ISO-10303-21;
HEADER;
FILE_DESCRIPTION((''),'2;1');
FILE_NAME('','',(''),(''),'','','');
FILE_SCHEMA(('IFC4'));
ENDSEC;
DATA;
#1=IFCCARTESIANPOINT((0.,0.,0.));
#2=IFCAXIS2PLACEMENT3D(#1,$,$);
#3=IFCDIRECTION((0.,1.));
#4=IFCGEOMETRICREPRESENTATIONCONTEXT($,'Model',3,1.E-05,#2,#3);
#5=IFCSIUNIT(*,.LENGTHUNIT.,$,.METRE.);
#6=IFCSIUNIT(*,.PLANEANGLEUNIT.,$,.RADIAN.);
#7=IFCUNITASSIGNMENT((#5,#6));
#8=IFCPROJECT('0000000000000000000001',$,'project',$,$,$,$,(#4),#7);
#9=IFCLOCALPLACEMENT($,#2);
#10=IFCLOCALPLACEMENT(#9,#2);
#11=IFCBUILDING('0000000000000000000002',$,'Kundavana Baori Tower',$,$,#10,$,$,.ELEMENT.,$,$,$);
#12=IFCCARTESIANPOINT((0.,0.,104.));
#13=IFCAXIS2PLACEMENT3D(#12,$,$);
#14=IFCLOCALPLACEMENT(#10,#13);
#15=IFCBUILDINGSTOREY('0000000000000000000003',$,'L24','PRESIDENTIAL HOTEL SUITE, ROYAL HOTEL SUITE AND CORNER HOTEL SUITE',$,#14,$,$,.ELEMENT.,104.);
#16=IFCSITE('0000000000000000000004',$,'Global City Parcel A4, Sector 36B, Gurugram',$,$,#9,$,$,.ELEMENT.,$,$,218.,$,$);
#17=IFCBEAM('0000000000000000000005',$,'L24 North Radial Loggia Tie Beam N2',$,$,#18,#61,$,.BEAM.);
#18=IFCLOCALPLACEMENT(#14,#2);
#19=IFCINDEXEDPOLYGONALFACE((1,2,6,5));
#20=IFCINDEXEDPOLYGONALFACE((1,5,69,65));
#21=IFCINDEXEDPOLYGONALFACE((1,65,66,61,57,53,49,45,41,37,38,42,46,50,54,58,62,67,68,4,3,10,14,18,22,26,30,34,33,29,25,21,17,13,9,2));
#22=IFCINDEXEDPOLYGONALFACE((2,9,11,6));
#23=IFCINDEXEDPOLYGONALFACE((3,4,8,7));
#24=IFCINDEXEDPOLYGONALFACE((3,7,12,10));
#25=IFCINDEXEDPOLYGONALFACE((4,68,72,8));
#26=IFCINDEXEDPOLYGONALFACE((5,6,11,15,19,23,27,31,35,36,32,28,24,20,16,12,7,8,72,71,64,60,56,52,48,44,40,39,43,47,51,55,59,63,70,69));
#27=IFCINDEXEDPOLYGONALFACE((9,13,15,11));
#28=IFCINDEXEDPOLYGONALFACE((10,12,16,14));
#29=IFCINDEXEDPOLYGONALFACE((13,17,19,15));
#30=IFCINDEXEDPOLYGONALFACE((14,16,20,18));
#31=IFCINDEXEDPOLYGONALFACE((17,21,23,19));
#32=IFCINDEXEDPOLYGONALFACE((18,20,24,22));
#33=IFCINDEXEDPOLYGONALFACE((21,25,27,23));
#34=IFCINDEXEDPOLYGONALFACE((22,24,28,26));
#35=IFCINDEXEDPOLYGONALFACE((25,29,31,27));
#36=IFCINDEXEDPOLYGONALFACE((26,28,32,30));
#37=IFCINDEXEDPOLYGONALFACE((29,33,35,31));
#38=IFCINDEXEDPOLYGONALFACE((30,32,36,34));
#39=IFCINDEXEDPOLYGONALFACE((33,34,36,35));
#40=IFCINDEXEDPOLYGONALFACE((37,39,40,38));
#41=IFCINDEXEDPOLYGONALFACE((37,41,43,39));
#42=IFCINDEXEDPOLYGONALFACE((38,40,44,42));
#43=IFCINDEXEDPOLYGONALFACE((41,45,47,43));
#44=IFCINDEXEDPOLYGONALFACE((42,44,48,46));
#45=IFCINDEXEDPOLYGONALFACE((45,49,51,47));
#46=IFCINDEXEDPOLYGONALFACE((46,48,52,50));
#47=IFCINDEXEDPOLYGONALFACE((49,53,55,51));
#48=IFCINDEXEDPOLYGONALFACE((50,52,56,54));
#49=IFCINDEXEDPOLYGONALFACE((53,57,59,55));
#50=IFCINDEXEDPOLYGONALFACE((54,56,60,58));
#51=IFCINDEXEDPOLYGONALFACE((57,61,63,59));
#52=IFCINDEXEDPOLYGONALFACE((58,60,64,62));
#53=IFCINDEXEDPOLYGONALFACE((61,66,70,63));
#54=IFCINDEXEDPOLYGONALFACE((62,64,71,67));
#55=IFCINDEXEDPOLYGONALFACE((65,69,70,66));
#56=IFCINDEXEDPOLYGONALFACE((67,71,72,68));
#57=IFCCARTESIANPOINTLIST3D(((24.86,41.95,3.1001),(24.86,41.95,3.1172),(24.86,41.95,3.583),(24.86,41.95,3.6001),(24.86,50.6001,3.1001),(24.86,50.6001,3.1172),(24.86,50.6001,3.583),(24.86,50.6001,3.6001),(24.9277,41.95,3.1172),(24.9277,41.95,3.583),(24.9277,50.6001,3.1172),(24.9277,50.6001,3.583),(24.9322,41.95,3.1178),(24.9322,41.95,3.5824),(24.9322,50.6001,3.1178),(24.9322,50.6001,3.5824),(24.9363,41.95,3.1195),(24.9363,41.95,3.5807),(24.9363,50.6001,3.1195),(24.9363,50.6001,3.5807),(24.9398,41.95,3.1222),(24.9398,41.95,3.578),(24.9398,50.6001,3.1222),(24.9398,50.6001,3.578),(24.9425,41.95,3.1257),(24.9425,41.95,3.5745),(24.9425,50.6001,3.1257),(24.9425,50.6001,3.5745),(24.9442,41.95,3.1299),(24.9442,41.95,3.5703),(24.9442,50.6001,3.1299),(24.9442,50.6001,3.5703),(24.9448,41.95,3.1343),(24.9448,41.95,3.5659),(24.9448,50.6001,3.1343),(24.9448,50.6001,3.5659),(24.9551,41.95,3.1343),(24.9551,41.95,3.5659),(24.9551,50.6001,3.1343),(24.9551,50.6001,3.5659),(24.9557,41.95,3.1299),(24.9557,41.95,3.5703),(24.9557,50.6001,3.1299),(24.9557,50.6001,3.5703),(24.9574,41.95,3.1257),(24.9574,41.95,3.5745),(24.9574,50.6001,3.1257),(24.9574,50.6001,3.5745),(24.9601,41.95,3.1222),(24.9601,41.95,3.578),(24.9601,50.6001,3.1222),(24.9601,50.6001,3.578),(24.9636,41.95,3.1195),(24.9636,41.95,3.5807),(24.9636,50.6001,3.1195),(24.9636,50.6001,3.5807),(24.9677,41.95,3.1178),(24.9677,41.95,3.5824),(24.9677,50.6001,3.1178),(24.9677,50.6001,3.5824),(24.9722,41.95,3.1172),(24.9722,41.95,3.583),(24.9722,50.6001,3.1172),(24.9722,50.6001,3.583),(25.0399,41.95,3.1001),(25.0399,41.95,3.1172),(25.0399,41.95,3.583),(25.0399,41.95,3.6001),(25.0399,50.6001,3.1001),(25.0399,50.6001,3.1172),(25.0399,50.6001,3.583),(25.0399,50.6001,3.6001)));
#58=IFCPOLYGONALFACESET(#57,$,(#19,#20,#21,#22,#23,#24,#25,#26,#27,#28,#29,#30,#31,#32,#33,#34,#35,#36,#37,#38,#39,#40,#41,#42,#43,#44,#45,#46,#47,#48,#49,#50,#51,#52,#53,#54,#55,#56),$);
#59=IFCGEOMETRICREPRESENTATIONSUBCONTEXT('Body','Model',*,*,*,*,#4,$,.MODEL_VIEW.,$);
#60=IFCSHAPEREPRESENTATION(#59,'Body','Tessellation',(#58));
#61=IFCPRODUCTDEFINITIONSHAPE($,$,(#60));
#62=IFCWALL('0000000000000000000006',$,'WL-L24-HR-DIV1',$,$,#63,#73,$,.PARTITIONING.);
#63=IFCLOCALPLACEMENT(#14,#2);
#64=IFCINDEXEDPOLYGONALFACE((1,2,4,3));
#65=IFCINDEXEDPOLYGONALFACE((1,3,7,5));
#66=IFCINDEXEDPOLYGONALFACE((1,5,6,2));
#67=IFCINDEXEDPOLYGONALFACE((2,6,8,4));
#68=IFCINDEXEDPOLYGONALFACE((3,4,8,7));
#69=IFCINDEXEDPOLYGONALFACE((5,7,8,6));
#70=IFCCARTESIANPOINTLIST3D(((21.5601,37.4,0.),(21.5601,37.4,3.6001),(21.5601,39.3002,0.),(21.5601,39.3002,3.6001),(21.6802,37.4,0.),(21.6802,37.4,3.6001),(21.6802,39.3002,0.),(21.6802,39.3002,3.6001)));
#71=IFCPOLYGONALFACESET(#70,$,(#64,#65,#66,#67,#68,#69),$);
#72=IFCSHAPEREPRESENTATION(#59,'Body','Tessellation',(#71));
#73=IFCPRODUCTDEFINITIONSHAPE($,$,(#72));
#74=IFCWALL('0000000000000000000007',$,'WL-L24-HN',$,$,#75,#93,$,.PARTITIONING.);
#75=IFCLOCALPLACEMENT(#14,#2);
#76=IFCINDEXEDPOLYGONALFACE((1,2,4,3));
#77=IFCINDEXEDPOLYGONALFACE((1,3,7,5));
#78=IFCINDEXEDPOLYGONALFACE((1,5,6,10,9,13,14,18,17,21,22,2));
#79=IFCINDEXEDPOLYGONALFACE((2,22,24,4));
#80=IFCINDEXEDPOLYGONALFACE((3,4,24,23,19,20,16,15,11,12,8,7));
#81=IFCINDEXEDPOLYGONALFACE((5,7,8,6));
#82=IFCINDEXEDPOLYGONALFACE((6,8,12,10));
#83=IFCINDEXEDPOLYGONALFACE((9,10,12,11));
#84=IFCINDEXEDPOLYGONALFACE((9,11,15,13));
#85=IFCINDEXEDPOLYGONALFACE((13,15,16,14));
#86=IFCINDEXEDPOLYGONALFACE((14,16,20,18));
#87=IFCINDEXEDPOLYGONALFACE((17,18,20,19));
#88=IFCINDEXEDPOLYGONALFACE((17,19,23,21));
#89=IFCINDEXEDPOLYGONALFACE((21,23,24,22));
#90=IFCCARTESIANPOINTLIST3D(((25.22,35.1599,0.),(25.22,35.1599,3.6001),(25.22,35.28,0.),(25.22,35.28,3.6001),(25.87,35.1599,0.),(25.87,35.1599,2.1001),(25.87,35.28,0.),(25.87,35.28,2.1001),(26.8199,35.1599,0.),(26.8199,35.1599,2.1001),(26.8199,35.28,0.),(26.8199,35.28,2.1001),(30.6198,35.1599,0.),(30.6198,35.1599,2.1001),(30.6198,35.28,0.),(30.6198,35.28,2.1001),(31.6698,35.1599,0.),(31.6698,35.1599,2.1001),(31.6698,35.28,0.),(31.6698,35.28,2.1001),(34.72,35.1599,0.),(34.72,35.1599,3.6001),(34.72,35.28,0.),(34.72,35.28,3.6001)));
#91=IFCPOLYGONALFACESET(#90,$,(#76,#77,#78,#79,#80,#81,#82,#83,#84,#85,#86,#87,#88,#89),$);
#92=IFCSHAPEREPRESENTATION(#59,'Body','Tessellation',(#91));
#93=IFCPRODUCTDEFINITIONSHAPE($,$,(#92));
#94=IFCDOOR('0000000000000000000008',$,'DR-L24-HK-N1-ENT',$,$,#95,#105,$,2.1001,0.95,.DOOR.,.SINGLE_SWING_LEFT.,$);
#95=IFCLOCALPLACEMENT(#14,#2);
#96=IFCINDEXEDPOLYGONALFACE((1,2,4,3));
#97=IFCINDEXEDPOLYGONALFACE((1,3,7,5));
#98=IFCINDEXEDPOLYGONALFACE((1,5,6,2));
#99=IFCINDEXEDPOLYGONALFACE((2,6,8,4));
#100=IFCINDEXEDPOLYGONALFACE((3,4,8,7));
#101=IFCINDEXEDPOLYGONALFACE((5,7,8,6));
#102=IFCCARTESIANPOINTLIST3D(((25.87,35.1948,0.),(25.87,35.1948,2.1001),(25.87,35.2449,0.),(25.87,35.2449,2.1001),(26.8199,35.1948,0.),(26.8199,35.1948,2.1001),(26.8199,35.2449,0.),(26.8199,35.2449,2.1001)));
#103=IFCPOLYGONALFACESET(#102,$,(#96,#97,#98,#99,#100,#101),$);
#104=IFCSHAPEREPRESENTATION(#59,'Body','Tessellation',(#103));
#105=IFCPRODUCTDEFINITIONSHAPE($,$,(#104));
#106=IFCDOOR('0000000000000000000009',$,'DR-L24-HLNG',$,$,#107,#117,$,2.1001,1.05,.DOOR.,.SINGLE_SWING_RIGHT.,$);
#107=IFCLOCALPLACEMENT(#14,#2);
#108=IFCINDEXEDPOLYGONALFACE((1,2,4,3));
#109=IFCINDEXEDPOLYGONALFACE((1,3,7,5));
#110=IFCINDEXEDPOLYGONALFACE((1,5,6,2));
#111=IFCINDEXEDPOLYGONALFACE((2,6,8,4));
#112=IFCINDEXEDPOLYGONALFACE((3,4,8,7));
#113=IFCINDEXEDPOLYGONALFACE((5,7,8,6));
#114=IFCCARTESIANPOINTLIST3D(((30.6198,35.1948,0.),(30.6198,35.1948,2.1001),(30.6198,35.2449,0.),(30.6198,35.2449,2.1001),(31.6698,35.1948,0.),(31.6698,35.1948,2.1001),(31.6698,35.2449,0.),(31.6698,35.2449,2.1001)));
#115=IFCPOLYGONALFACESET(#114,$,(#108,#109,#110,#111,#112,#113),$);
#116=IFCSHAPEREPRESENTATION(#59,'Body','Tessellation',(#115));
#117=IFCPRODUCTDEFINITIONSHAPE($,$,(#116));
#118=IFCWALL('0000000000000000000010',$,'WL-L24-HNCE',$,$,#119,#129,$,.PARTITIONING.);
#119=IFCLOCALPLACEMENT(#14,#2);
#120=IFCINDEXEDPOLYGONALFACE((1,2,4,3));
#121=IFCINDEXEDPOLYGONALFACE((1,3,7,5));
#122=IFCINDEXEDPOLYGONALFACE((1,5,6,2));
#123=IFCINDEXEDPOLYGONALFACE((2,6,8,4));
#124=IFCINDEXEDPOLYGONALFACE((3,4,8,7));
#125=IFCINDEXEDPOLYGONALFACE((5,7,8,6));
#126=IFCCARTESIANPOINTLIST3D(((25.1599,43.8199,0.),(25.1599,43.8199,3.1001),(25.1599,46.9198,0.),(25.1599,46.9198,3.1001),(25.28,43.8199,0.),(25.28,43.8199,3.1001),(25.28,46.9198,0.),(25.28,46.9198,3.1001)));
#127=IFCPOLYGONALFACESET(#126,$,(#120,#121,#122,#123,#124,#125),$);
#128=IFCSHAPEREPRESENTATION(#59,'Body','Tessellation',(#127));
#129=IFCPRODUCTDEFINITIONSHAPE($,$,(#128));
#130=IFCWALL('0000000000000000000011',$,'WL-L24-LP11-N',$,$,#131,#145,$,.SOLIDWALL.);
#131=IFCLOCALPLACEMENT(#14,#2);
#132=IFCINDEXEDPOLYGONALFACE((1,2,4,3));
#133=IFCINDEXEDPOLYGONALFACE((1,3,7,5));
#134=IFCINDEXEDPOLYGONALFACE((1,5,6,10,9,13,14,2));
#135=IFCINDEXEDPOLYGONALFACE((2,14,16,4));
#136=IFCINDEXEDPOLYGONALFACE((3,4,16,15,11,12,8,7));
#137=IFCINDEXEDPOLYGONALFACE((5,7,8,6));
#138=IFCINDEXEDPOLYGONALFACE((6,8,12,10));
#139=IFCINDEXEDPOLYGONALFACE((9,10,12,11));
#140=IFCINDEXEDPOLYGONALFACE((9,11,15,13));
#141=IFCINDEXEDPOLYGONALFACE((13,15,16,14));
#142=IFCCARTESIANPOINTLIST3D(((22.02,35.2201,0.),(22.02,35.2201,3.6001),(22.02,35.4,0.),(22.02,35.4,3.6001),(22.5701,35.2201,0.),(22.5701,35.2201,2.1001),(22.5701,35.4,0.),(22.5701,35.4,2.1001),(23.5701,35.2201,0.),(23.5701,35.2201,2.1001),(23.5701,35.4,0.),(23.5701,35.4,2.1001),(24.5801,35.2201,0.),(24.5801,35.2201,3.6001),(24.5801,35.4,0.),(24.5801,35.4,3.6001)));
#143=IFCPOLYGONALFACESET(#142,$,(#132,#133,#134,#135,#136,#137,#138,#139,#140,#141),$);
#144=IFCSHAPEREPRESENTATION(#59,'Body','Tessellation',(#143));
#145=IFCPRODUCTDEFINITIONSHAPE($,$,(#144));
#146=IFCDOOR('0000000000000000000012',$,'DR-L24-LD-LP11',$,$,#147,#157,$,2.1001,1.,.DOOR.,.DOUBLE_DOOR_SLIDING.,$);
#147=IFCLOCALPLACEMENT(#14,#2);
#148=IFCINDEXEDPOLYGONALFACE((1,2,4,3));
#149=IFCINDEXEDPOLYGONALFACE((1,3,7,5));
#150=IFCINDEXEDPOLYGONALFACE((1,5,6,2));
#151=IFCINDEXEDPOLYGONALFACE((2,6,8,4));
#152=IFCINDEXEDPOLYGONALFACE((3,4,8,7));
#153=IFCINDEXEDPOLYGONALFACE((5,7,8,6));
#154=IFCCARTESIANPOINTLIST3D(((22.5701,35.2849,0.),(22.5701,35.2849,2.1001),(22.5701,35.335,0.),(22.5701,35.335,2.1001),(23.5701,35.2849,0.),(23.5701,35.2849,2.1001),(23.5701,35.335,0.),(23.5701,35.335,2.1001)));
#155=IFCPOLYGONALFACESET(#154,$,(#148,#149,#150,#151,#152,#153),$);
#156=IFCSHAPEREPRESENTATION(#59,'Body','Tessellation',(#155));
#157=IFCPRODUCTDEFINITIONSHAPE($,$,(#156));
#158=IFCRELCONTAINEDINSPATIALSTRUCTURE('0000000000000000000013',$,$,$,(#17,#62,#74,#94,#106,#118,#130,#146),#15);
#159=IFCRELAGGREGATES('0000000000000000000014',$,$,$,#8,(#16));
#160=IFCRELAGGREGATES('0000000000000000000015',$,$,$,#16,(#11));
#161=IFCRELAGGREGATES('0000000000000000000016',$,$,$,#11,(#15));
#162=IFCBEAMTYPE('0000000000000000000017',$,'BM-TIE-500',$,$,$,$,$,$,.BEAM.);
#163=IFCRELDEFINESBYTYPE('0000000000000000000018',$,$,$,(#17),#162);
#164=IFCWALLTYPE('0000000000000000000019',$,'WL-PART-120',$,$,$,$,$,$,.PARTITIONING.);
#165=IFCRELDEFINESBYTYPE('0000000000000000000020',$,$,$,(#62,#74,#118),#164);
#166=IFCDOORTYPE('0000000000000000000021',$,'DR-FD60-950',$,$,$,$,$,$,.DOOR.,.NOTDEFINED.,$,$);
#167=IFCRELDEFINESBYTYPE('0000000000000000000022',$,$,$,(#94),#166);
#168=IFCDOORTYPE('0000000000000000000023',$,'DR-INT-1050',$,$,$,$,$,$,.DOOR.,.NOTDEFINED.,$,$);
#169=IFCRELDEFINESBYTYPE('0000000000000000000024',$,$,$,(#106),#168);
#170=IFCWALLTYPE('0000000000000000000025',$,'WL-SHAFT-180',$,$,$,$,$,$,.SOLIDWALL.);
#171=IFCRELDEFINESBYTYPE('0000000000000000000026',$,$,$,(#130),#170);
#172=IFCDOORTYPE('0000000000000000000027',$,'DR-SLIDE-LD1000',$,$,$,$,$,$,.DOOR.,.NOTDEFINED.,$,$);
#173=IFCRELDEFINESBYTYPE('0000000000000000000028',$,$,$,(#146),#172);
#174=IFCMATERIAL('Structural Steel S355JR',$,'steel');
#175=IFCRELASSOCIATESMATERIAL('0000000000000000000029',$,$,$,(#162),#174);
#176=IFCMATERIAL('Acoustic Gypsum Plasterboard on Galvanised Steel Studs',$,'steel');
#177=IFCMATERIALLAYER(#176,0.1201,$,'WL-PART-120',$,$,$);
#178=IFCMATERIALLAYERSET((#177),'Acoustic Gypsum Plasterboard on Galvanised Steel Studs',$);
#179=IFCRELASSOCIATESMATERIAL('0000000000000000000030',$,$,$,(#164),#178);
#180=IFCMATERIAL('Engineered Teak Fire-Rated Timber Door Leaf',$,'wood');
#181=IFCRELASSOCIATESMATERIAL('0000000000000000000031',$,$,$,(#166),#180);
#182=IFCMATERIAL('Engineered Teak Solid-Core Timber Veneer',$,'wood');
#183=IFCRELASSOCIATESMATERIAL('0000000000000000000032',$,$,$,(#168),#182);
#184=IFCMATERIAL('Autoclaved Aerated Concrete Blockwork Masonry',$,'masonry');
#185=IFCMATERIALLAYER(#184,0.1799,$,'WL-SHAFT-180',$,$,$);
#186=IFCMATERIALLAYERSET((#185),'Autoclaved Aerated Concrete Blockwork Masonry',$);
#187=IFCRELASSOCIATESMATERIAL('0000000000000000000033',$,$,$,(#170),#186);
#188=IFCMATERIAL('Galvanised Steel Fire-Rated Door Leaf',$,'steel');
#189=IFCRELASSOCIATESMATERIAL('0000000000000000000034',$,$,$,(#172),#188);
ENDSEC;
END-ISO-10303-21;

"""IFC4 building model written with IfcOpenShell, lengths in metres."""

from ifc_helpers import new_model, si_unit, direction, frame, frame_2d, origin, origin_2d, place, context, subcontext, project, spatial, rectangle, i_section, extrude, material, layer, layer_set, material_profile, profile_set, type_object, element, fill, save


model = new_model("IFC4")

# Units and contexts
model_context = context("Model", 3, precision=1e-05, world=origin(), true_north=direction((0.0, 1.0)))
body_context = subcontext(model_context, "Body", "Model", "MODEL_VIEW")
ifc_project = project(units=[si_unit("LENGTHUNIT", "METRE"), si_unit("PLANEANGLEUNIT", "RADIAN")], contexts=[model_context])

# Site, building, storey
site_placement = place(None, origin())
site = spatial("IfcSite", under=ifc_project, at=site_placement, Name="Global City Parcel A4, Sector 36B, Gurugram", CompositionType="ELEMENT", RefElevation=218.0)
building_placement = place(site_placement, origin())
building = spatial("IfcBuilding", under=site, at=building_placement, Name="Kundavana Baori Tower", CompositionType="ELEMENT")
storey_placement = place(building_placement, frame((0.0, 0.0, 104.0)))
storey = spatial("IfcBuildingStorey", under=building, at=storey_placement, Name="L24", Description="PRESIDENTIAL HOTEL SUITE, ROYAL HOTEL SUITE AND CORNER HOTEL SUITE", CompositionType="ELEMENT", Elevation=104.0)

# Beam
ifc_material_1 = material(Name="Structural Steel S355JR", Category="steel")
ifc_material_profile_1 = material_profile(ifc_material_1, i_section(OverallWidth=0.1799, OverallDepth=0.5, WebThickness=0.0103, FlangeThickness=0.0171, FilletRadius=0.0171, at=origin_2d()), Name="ISMB 500")
ifc_profile_set_1 = profile_set([ifc_material_profile_1], Name="Structural Steel S355JR")
beam_type_1 = type_object("IfcBeamType", Name="BM-TIE-500", PredefinedType="BEAM", material=ifc_profile_set_1)
beam_1_placement = place(storey_placement, frame((24.95, 41.95, 3.3501), z_axis=(0.0, 1.0, 0.0), x_axis=(-1.0, 0.0, 0.0)))
element("IfcBeam", 1, at=beam_1_placement, inside=storey, type_object=beam_type_1, Name="L24 North Radial Loggia Tie Beam N2", PredefinedType="BEAM", context=body_context, shape_type="SweptSolid", body=[
    extrude(i_section(OverallWidth=0.1799, OverallDepth=0.5, WebThickness=0.0103, FlangeThickness=0.0171, FilletRadius=0.0171, at=origin_2d()), origin(), (0.0, 0.0, 1.0), 8.6501),
])

# Wall
ifc_material_2 = material(Name="Acoustic Gypsum Plasterboard on Galvanised Steel Studs", Category="steel")
ifc_layer_1 = layer(ifc_material_2, 0.1201, Name="WL-PART-120")
ifc_layer_set_1 = layer_set([ifc_layer_1], Name="Acoustic Gypsum Plasterboard on Galvanised Steel Studs")
wall_type_1 = type_object("IfcWallType", Name="WL-PART-120", PredefinedType="PARTITIONING", material=ifc_layer_set_1)
wall_1_placement = place(storey_placement, frame((21.6201, 37.3999, 0.0), z_axis=(0.0, 0.0, 1.0), x_axis=(0.0, 1.0, 0.0)))
element("IfcWall", 2, at=wall_1_placement, inside=storey, type_object=wall_type_1, Name="WL-L24-HR-DIV1", PredefinedType="PARTITIONING", context=body_context, shape_type="SweptSolid", body=[
    extrude(rectangle(XDim=1.9001, YDim=0.1201, at=frame_2d((0.9502, 0.0))), origin(), (0.0, 0.0, 1.0), 3.6001),
])

# Wall, openings, doors
wall_2_placement = place(storey_placement, frame((25.22, 35.22, 0.0), z_axis=(0.0, 0.0, 1.0), x_axis=(1.0, 0.0, 0.0)))
wall_2 = element("IfcWall", 3, at=wall_2_placement, inside=storey, type_object=wall_type_1, Name="WL-L24-HN", PredefinedType="PARTITIONING", context=body_context, shape_type="SweptSolid", body=[
    extrude(rectangle(XDim=9.5, YDim=0.1201, at=frame_2d((4.75, 0.0))), origin(), (0.0, 0.0, 1.0), 3.6001),
])
opening_1_placement = place(wall_2_placement, frame((0.6499, 0.0, 0.0)))
opening_1 = element("IfcOpeningElement", 4, at=opening_1_placement, cuts=wall_2, PredefinedType="OPENING", context=body_context, shape_type="SweptSolid", body=[
    extrude(rectangle(XDim=0.95, YDim=2.1001, at=frame_2d((0.4751, 1.05))), frame((0.0, 0.0701, 0.0), z_axis=(0.0, -1.0, 0.0), x_axis=(1.0, 0.0, 0.0)), (0.0, 0.0, 1.0), 0.1401),
])
opening_2_placement = place(wall_2_placement, frame((5.3999, 0.0, 0.0)))
opening_2 = element("IfcOpeningElement", 5, at=opening_2_placement, cuts=wall_2, PredefinedType="OPENING", context=body_context, shape_type="SweptSolid", body=[
    extrude(rectangle(XDim=1.05, YDim=2.1001, at=frame_2d((0.5249, 1.05))), frame((0.0, 0.0701, 0.0), z_axis=(0.0, -1.0, 0.0), x_axis=(1.0, 0.0, 0.0)), (0.0, 0.0, 1.0), 0.1401),
])
ifc_material_3 = material(Name="Engineered Teak Fire-Rated Timber Door Leaf", Category="wood")
door_type_1 = type_object("IfcDoorType", Name="DR-FD60-950", OperationType="NOTDEFINED", PredefinedType="DOOR", material=ifc_material_3)
door_1_placement = place(opening_1_placement, origin())
door_1 = element("IfcDoor", 6, at=door_1_placement, inside=storey, type_object=door_type_1, Name="DR-L24-HK-N1-ENT", OperationType="SINGLE_SWING_LEFT", OverallHeight=2.1001, OverallWidth=0.95, PredefinedType="DOOR", context=body_context, shape_type="SweptSolid", body=[
    extrude(rectangle(XDim=0.95, YDim=2.1001, at=frame_2d((0.4751, 1.05))), frame((0.0, 0.0249, 0.0), z_axis=(0.0, -1.0, 0.0), x_axis=(1.0, 0.0, 0.0)), (0.0, 0.0, 1.0), 0.05),
])
fill(opening_1, door_1)
ifc_material_4 = material(Name="Engineered Teak Solid-Core Timber Veneer", Category="wood")
door_type_2 = type_object("IfcDoorType", Name="DR-INT-1050", OperationType="NOTDEFINED", PredefinedType="DOOR", material=ifc_material_4)
door_2_placement = place(opening_2_placement, origin())
door_2 = element("IfcDoor", 7, at=door_2_placement, inside=storey, type_object=door_type_2, Name="DR-L24-HLNG", OperationType="SINGLE_SWING_RIGHT", OverallHeight=2.1001, OverallWidth=1.05, PredefinedType="DOOR", context=body_context, shape_type="SweptSolid", body=[
    extrude(rectangle(XDim=1.05, YDim=2.1001, at=frame_2d((0.5249, 1.05))), frame((0.0, 0.0249, 0.0), z_axis=(0.0, -1.0, 0.0), x_axis=(1.0, 0.0, 0.0)), (0.0, 0.0, 1.0), 0.05),
])
fill(opening_2, door_2)

# Wall
wall_3_placement = place(storey_placement, frame((25.22, 43.8201, 0.0), z_axis=(0.0, 0.0, 1.0), x_axis=(0.0, 1.0, 0.0)))
element("IfcWall", 8, at=wall_3_placement, inside=storey, type_object=wall_type_1, Name="WL-L24-HNCE", PredefinedType="PARTITIONING", context=body_context, shape_type="SweptSolid", body=[
    extrude(rectangle(XDim=3.0999, YDim=0.1201, at=frame_2d((1.5498, 0.0))), origin(), (0.0, 0.0, 1.0), 3.1001),
])

# Wall, opening, door
ifc_material_5 = material(Name="Autoclaved Aerated Concrete Blockwork Masonry", Category="masonry")
ifc_layer_2 = layer(ifc_material_5, 0.1799, Name="WL-SHAFT-180")
ifc_layer_set_2 = layer_set([ifc_layer_2], Name="Autoclaved Aerated Concrete Blockwork Masonry")
wall_type_2 = type_object("IfcWallType", Name="WL-SHAFT-180", PredefinedType="SOLIDWALL", material=ifc_layer_set_2)
wall_4_placement = place(storey_placement, frame((22.02, 35.3101, 0.0), z_axis=(0.0, 0.0, 1.0), x_axis=(1.0, 0.0, 0.0)))
wall_4 = element("IfcWall", 9, at=wall_4_placement, inside=storey, type_object=wall_type_2, Name="WL-L24-LP11-N", PredefinedType="SOLIDWALL", context=body_context, shape_type="SweptSolid", body=[
    extrude(rectangle(XDim=2.5601, YDim=0.1799, at=frame_2d((1.28, 0.0))), origin(), (0.0, 0.0, 1.0), 3.6001),
])
opening_3_placement = place(wall_4_placement, frame((0.55, 0.0, 0.0)))
opening_3 = element("IfcOpeningElement", 10, at=opening_3_placement, cuts=wall_4, PredefinedType="OPENING", context=body_context, shape_type="SweptSolid", body=[
    extrude(rectangle(XDim=1.0, YDim=2.1001, at=frame_2d((0.5, 1.05))), frame((0.0, 0.1001, 0.0), z_axis=(0.0, -1.0, 0.0), x_axis=(1.0, 0.0, 0.0)), (0.0, 0.0, 1.0), 0.2),
])
ifc_material_6 = material(Name="Galvanised Steel Fire-Rated Door Leaf", Category="steel")
door_type_3 = type_object("IfcDoorType", Name="DR-SLIDE-LD1000", OperationType="NOTDEFINED", PredefinedType="DOOR", material=ifc_material_6)
door_3_placement = place(opening_3_placement, origin())
door_3 = element("IfcDoor", 11, at=door_3_placement, inside=storey, type_object=door_type_3, Name="DR-L24-LD-LP11", OperationType="DOUBLE_DOOR_SLIDING", OverallHeight=2.1001, OverallWidth=1.0, PredefinedType="DOOR", context=body_context, shape_type="SweptSolid", body=[
    extrude(rectangle(XDim=1.0, YDim=2.1001, at=frame_2d((0.5, 1.05))), frame((0.0, 0.0249, 0.0), z_axis=(0.0, -1.0, 0.0), x_axis=(1.0, 0.0, 0.0)), (0.0, 0.0, 1.0), 0.05),
])
fill(opening_3, door_3)

save(model, "model.ifc")
